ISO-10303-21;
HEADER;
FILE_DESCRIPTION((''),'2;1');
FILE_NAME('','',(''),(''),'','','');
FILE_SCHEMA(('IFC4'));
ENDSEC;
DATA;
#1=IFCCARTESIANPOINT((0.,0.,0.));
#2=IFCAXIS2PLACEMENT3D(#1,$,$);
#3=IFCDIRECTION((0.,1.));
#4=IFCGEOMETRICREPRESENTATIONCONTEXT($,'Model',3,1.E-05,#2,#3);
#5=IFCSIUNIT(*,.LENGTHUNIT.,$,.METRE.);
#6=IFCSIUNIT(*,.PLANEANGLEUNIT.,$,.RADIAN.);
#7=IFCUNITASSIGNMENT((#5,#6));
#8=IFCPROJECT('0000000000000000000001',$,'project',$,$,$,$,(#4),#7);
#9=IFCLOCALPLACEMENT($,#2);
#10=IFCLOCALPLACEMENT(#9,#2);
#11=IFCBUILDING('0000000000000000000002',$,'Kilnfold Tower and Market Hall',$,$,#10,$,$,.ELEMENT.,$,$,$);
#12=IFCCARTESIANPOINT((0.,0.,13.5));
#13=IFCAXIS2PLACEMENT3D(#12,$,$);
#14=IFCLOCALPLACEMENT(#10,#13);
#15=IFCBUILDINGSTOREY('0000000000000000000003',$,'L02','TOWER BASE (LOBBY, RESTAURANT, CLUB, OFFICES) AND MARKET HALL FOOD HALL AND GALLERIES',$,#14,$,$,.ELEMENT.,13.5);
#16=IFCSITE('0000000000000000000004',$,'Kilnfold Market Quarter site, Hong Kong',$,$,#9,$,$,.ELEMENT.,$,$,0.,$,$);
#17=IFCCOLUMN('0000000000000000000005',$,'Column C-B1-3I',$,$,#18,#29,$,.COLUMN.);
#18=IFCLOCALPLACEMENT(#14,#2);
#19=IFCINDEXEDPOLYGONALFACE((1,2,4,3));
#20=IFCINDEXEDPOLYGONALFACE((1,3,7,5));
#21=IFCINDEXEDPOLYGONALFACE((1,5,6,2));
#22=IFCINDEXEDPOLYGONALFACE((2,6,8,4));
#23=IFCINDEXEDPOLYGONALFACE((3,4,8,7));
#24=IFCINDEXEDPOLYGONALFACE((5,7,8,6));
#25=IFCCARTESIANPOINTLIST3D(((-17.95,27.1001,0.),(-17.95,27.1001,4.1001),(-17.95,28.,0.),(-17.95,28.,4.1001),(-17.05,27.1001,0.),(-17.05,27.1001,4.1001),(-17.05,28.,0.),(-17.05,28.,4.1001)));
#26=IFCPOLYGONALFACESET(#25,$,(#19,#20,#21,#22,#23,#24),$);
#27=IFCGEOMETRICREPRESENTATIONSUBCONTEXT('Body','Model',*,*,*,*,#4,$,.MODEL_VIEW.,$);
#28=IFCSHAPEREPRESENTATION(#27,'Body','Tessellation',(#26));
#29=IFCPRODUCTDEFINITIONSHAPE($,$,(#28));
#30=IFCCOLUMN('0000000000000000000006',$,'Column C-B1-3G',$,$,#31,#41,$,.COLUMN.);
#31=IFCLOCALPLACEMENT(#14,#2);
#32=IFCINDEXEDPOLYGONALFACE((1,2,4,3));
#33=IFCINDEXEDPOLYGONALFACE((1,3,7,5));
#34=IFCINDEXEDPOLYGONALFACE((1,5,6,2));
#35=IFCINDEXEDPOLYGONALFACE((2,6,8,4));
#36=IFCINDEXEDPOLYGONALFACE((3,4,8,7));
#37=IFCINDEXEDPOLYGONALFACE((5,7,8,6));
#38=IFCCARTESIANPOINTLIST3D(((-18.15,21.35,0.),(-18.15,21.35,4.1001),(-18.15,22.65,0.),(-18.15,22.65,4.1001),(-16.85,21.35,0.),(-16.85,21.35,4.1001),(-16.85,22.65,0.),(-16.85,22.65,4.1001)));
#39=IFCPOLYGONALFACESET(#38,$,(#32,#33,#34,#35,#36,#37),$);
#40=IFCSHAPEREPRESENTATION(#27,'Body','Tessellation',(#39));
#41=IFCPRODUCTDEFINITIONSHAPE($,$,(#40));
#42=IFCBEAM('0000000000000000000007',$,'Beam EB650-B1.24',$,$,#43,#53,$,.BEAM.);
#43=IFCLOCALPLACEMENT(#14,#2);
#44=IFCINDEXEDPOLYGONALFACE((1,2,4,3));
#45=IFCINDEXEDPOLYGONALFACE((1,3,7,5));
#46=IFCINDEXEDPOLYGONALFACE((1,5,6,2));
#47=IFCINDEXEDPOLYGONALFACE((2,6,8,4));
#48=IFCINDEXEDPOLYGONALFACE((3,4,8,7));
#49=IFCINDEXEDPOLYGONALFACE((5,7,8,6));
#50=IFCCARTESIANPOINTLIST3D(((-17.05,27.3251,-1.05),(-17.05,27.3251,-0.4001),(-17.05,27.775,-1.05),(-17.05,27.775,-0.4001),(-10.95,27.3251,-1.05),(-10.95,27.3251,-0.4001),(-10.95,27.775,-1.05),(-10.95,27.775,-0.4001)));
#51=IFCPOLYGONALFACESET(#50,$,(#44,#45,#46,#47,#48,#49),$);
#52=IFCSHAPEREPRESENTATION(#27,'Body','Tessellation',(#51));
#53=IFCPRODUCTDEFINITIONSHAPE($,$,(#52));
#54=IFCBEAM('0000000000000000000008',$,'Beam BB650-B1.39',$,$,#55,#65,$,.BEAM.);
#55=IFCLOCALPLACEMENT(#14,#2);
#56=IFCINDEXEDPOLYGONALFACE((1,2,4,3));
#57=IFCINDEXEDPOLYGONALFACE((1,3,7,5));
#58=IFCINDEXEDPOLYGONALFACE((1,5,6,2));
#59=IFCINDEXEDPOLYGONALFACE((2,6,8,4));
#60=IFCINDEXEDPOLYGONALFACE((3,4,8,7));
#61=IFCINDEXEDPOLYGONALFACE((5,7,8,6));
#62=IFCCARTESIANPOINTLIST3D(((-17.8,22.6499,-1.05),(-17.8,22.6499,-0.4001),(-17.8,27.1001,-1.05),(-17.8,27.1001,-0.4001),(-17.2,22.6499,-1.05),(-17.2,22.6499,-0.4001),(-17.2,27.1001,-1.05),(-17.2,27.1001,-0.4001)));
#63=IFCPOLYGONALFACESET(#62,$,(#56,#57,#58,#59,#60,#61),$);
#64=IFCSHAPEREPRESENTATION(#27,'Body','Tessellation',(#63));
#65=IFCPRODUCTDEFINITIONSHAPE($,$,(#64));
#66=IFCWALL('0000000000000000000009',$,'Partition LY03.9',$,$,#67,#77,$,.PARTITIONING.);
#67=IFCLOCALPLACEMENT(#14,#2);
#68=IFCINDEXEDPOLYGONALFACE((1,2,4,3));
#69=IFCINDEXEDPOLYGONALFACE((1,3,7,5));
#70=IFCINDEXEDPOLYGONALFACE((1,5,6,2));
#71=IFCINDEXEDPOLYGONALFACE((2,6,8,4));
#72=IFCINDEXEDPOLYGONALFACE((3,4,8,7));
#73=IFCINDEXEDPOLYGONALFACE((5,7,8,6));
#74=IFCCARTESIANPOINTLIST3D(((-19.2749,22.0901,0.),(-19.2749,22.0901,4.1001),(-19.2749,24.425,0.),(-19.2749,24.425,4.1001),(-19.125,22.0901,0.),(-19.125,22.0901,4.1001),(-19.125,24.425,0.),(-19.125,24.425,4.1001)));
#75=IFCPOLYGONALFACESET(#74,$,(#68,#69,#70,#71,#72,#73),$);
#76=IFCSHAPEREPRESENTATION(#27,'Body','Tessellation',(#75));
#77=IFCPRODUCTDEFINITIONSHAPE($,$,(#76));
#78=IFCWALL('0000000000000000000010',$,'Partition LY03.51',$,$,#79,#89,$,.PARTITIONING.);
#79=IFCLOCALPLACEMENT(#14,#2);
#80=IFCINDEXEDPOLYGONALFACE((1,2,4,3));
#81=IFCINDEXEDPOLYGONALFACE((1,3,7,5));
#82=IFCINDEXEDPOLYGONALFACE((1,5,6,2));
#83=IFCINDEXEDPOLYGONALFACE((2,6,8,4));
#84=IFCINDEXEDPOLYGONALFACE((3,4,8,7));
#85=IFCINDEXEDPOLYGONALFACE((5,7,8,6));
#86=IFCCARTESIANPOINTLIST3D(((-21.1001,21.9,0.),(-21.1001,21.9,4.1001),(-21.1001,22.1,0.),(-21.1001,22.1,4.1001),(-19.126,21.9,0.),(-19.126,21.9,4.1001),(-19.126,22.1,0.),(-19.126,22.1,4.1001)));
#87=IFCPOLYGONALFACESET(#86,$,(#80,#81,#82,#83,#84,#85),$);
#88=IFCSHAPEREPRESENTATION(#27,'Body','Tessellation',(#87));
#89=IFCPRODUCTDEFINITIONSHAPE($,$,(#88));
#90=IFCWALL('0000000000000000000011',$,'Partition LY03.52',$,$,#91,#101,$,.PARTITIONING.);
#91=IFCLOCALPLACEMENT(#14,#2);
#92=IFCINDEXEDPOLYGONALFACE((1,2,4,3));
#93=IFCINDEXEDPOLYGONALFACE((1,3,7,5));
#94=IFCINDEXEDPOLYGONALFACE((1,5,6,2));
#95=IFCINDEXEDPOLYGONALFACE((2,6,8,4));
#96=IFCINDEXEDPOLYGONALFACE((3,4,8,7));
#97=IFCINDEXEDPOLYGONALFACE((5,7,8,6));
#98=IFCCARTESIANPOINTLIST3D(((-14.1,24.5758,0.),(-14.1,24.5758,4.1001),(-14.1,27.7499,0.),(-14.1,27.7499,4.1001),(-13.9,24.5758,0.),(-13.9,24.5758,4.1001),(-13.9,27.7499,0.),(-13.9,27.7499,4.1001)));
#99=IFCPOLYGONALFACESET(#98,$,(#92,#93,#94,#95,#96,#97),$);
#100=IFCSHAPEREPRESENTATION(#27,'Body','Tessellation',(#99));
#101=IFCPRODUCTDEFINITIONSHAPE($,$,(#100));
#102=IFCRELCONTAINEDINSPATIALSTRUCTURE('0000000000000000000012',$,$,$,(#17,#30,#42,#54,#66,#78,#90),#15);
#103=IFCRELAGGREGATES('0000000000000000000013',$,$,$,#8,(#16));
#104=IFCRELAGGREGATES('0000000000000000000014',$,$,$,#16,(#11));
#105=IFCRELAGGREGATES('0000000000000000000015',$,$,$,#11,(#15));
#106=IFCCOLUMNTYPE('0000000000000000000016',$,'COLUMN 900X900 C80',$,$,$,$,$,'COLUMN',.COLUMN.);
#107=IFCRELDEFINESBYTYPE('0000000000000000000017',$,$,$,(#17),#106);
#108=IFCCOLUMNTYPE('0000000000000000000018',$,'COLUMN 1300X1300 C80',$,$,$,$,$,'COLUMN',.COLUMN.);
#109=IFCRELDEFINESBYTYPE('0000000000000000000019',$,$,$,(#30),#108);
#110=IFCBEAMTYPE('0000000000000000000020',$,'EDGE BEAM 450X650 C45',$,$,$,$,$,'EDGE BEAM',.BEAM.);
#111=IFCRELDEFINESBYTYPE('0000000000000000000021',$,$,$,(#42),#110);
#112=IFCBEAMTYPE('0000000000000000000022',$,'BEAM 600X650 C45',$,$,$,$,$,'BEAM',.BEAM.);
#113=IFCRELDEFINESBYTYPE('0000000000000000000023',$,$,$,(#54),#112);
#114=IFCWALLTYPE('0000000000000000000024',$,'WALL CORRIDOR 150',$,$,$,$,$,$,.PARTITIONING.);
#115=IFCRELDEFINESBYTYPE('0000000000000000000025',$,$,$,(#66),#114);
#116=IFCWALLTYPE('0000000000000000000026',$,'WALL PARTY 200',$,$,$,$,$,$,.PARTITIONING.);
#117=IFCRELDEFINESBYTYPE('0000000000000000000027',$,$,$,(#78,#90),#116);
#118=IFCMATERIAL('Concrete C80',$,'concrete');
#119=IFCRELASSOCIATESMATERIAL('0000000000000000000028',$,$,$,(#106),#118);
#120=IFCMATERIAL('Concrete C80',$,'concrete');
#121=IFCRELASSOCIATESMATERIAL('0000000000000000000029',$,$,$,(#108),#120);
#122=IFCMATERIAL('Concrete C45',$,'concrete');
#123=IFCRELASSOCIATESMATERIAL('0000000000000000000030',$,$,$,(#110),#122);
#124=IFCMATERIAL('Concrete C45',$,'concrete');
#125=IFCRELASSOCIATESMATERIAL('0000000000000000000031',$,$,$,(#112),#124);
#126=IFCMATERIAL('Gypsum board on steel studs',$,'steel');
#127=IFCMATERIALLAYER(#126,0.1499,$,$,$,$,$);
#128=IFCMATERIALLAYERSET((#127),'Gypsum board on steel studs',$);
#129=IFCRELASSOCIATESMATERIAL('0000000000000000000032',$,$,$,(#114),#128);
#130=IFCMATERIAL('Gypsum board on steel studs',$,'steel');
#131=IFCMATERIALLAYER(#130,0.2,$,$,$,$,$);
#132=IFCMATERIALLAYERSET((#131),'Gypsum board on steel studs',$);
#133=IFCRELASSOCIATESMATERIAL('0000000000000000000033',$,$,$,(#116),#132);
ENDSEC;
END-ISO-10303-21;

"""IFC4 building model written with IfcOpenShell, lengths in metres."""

from ifc_helpers import new_model, si_unit, direction, frame, frame_2d, origin, origin_2d, place, context, subcontext, project, spatial, rectangle, extrude, source, transform, mapped, material, layer, layer_set, material_profile, profile_set, type_object, element, save


model = new_model("IFC4")

# Units and contexts
model_context = context("Model", 3, precision=1e-05, world=origin(), true_north=direction((0.0, 1.0)))
body_context = subcontext(model_context, "Body", "Model", "MODEL_VIEW")
ifc_project = project(units=[si_unit("LENGTHUNIT", "METRE"), si_unit("PLANEANGLEUNIT", "RADIAN")], contexts=[model_context])

# Site, building, storey
site_placement = place(None, origin())
site = spatial("IfcSite", under=ifc_project, at=site_placement, Name="Kilnfold Market Quarter site, Hong Kong", CompositionType="ELEMENT", RefElevation=0.0)
building_placement = place(site_placement, origin())
building = spatial("IfcBuilding", under=site, at=building_placement, Name="Kilnfold Tower and Market Hall", CompositionType="ELEMENT")
storey_placement = place(building_placement, frame((0.0, 0.0, 13.5)))
storey = spatial("IfcBuildingStorey", under=building, at=storey_placement, Name="L02", Description="TOWER BASE (LOBBY, RESTAURANT, CLUB, OFFICES) AND MARKET HALL FOOD HALL AND GALLERIES", CompositionType="ELEMENT", Elevation=13.5)

# Columns
ifc_material_1 = material(Name="Concrete C80", Category="concrete")
ifc_material_profile_1 = material_profile(ifc_material_1, rectangle(XDim=0.8999, YDim=0.8999, at=origin_2d()), Name="RC 900x900")
ifc_profile_set_1 = profile_set([ifc_material_profile_1], Name="Concrete C80")
column_type_1 = type_object("IfcColumnType", Name="COLUMN 900X900 C80", ElementType="COLUMN", PredefinedType="COLUMN", material=ifc_profile_set_1)
shared_shape_1 = source(origin(), body_context, "Body", "SweptSolid", [
    extrude(rectangle(XDim=0.8999, YDim=0.8999, at=origin_2d()), origin(), (0.0, 0.0, 1.0), 4.1001),
])
column_1_placement = place(storey_placement, frame((-17.5, 27.55, 0.0), z_axis=(0.0, 0.0, 1.0), x_axis=(1.0, 0.0, 0.0)))
element("IfcColumn", 1, at=column_1_placement, inside=storey, type_object=column_type_1, Name="Column C-B1-3I", PredefinedType="COLUMN", context=body_context, shape_type="MappedRepresentation", body=[
    mapped(shared_shape_1, transform((0.0, 0.0, 0.0))),
])
ifc_material_2 = material(Name="Concrete C80", Category="concrete")
ifc_material_profile_2 = material_profile(ifc_material_2, rectangle(XDim=1.3, YDim=1.3, at=origin_2d()), Name="RC 1300x1300")
ifc_profile_set_2 = profile_set([ifc_material_profile_2], Name="Concrete C80")
column_type_2 = type_object("IfcColumnType", Name="COLUMN 1300X1300 C80", ElementType="COLUMN", PredefinedType="COLUMN", material=ifc_profile_set_2)
shared_shape_2 = source(origin(), body_context, "Body", "SweptSolid", [
    extrude(rectangle(XDim=1.3, YDim=1.3, at=origin_2d()), origin(), (0.0, 0.0, 1.0), 4.1001),
])
column_2_placement = place(storey_placement, frame((-17.5, 22.0, 0.0), z_axis=(0.0, 0.0, 1.0), x_axis=(1.0, 0.0, 0.0)))
element("IfcColumn", 2, at=column_2_placement, inside=storey, type_object=column_type_2, Name="Column C-B1-3G", PredefinedType="COLUMN", context=body_context, shape_type="MappedRepresentation", body=[
    mapped(shared_shape_2, transform((0.0, 0.0, 0.0))),
])

# Beams
ifc_material_3 = material(Name="Concrete C45", Category="concrete")
ifc_material_profile_3 = material_profile(ifc_material_3, rectangle(XDim=0.45, YDim=0.6499, at=origin_2d()), Name="RC 450x650")
ifc_profile_set_3 = profile_set([ifc_material_profile_3], Name="Concrete C45")
beam_type_1 = type_object("IfcBeamType", Name="EDGE BEAM 450X650 C45", ElementType="EDGE BEAM", PredefinedType="BEAM", material=ifc_profile_set_3)
shared_shape_3 = source(origin(), body_context, "Body", "SweptSolid", [
    extrude(rectangle(XDim=0.45, YDim=0.6499, at=origin_2d()), origin(), (0.0, 0.0, 1.0), 6.1001),
])
beam_1_placement = place(storey_placement, frame((-17.05, 27.55, -0.7251), z_axis=(1.0, 0.0, 0.0), x_axis=(0.0, 1.0, 0.0)))
element("IfcBeam", 3, at=beam_1_placement, inside=storey, type_object=beam_type_1, Name="Beam EB650-B1.24", PredefinedType="BEAM", context=body_context, shape_type="MappedRepresentation", body=[
    mapped(shared_shape_3, transform((0.0, 0.0, 0.0))),
])
ifc_material_4 = material(Name="Concrete C45", Category="concrete")
ifc_material_profile_4 = material_profile(ifc_material_4, rectangle(XDim=0.6001, YDim=0.6499, at=origin_2d()), Name="RC 600x650")
ifc_profile_set_4 = profile_set([ifc_material_profile_4], Name="Concrete C45")
beam_type_2 = type_object("IfcBeamType", Name="BEAM 600X650 C45", ElementType="BEAM", PredefinedType="BEAM", material=ifc_profile_set_4)
shared_shape_4 = source(origin(), body_context, "Body", "SweptSolid", [
    extrude(rectangle(XDim=0.6001, YDim=0.6499, at=origin_2d()), origin(), (0.0, 0.0, 1.0), 4.4502),
])
beam_2_placement = place(storey_placement, frame((-17.5, 22.6499, -0.7251), z_axis=(0.0, 1.0, 0.0), x_axis=(-1.0, 0.0, 0.0)))
element("IfcBeam", 4, at=beam_2_placement, inside=storey, type_object=beam_type_2, Name="Beam BB650-B1.39", PredefinedType="BEAM", context=body_context, shape_type="MappedRepresentation", body=[
    mapped(shared_shape_4, transform((0.0, 0.0, 0.0))),
])

# Walls
ifc_material_5 = material(Name="Gypsum board on steel studs", Category="steel")
ifc_layer_1 = layer(ifc_material_5, 0.1499)
ifc_layer_set_1 = layer_set([ifc_layer_1], Name="Gypsum board on steel studs")
wall_type_1 = type_object("IfcWallType", Name="WALL CORRIDOR 150", PredefinedType="PARTITIONING", material=ifc_layer_set_1)
wall_1_placement = place(storey_placement, frame((-19.2, 22.0901, 0.0), z_axis=(0.0, 0.0, 1.0), x_axis=(0.0, 1.0, 0.0)))
element("IfcWall", 5, at=wall_1_placement, inside=storey, type_object=wall_type_1, Name="Partition LY03.9", PredefinedType="PARTITIONING", context=body_context, shape_type="SweptSolid", body=[
    extrude(rectangle(XDim=2.335, YDim=0.1499, at=frame_2d((1.1675, 0.0))), origin(), (0.0, 0.0, 1.0), 4.1001),
])
ifc_material_6 = material(Name="Gypsum board on steel studs", Category="steel")
ifc_layer_2 = layer(ifc_material_6, 0.2)
ifc_layer_set_2 = layer_set([ifc_layer_2], Name="Gypsum board on steel studs")
wall_type_2 = type_object("IfcWallType", Name="WALL PARTY 200", PredefinedType="PARTITIONING", material=ifc_layer_set_2)
wall_2_placement = place(storey_placement, frame((-19.126, 22.0, 0.0), z_axis=(0.0, 0.0, 1.0), x_axis=(-1.0, 0.0, 0.0)))
element("IfcWall", 6, at=wall_2_placement, inside=storey, type_object=wall_type_2, Name="Partition LY03.51", PredefinedType="PARTITIONING", context=body_context, shape_type="SweptSolid", body=[
    extrude(rectangle(XDim=1.9741, YDim=0.2, at=frame_2d((0.9871, 0.0))), origin(), (0.0, 0.0, 1.0), 4.1001),
])
wall_3_placement = place(storey_placement, frame((-14.0, 24.5759, 0.0), z_axis=(0.0, 0.0, 1.0), x_axis=(0.0, 1.0, 0.0)))
element("IfcWall", 7, at=wall_3_placement, inside=storey, type_object=wall_type_2, Name="Partition LY03.52", PredefinedType="PARTITIONING", context=body_context, shape_type="SweptSolid", body=[
    extrude(rectangle(XDim=3.1741, YDim=0.2, at=frame_2d((1.5869, 0.0))), origin(), (0.0, 0.0, 1.0), 4.1001),
])

save(model, "model.ifc")
